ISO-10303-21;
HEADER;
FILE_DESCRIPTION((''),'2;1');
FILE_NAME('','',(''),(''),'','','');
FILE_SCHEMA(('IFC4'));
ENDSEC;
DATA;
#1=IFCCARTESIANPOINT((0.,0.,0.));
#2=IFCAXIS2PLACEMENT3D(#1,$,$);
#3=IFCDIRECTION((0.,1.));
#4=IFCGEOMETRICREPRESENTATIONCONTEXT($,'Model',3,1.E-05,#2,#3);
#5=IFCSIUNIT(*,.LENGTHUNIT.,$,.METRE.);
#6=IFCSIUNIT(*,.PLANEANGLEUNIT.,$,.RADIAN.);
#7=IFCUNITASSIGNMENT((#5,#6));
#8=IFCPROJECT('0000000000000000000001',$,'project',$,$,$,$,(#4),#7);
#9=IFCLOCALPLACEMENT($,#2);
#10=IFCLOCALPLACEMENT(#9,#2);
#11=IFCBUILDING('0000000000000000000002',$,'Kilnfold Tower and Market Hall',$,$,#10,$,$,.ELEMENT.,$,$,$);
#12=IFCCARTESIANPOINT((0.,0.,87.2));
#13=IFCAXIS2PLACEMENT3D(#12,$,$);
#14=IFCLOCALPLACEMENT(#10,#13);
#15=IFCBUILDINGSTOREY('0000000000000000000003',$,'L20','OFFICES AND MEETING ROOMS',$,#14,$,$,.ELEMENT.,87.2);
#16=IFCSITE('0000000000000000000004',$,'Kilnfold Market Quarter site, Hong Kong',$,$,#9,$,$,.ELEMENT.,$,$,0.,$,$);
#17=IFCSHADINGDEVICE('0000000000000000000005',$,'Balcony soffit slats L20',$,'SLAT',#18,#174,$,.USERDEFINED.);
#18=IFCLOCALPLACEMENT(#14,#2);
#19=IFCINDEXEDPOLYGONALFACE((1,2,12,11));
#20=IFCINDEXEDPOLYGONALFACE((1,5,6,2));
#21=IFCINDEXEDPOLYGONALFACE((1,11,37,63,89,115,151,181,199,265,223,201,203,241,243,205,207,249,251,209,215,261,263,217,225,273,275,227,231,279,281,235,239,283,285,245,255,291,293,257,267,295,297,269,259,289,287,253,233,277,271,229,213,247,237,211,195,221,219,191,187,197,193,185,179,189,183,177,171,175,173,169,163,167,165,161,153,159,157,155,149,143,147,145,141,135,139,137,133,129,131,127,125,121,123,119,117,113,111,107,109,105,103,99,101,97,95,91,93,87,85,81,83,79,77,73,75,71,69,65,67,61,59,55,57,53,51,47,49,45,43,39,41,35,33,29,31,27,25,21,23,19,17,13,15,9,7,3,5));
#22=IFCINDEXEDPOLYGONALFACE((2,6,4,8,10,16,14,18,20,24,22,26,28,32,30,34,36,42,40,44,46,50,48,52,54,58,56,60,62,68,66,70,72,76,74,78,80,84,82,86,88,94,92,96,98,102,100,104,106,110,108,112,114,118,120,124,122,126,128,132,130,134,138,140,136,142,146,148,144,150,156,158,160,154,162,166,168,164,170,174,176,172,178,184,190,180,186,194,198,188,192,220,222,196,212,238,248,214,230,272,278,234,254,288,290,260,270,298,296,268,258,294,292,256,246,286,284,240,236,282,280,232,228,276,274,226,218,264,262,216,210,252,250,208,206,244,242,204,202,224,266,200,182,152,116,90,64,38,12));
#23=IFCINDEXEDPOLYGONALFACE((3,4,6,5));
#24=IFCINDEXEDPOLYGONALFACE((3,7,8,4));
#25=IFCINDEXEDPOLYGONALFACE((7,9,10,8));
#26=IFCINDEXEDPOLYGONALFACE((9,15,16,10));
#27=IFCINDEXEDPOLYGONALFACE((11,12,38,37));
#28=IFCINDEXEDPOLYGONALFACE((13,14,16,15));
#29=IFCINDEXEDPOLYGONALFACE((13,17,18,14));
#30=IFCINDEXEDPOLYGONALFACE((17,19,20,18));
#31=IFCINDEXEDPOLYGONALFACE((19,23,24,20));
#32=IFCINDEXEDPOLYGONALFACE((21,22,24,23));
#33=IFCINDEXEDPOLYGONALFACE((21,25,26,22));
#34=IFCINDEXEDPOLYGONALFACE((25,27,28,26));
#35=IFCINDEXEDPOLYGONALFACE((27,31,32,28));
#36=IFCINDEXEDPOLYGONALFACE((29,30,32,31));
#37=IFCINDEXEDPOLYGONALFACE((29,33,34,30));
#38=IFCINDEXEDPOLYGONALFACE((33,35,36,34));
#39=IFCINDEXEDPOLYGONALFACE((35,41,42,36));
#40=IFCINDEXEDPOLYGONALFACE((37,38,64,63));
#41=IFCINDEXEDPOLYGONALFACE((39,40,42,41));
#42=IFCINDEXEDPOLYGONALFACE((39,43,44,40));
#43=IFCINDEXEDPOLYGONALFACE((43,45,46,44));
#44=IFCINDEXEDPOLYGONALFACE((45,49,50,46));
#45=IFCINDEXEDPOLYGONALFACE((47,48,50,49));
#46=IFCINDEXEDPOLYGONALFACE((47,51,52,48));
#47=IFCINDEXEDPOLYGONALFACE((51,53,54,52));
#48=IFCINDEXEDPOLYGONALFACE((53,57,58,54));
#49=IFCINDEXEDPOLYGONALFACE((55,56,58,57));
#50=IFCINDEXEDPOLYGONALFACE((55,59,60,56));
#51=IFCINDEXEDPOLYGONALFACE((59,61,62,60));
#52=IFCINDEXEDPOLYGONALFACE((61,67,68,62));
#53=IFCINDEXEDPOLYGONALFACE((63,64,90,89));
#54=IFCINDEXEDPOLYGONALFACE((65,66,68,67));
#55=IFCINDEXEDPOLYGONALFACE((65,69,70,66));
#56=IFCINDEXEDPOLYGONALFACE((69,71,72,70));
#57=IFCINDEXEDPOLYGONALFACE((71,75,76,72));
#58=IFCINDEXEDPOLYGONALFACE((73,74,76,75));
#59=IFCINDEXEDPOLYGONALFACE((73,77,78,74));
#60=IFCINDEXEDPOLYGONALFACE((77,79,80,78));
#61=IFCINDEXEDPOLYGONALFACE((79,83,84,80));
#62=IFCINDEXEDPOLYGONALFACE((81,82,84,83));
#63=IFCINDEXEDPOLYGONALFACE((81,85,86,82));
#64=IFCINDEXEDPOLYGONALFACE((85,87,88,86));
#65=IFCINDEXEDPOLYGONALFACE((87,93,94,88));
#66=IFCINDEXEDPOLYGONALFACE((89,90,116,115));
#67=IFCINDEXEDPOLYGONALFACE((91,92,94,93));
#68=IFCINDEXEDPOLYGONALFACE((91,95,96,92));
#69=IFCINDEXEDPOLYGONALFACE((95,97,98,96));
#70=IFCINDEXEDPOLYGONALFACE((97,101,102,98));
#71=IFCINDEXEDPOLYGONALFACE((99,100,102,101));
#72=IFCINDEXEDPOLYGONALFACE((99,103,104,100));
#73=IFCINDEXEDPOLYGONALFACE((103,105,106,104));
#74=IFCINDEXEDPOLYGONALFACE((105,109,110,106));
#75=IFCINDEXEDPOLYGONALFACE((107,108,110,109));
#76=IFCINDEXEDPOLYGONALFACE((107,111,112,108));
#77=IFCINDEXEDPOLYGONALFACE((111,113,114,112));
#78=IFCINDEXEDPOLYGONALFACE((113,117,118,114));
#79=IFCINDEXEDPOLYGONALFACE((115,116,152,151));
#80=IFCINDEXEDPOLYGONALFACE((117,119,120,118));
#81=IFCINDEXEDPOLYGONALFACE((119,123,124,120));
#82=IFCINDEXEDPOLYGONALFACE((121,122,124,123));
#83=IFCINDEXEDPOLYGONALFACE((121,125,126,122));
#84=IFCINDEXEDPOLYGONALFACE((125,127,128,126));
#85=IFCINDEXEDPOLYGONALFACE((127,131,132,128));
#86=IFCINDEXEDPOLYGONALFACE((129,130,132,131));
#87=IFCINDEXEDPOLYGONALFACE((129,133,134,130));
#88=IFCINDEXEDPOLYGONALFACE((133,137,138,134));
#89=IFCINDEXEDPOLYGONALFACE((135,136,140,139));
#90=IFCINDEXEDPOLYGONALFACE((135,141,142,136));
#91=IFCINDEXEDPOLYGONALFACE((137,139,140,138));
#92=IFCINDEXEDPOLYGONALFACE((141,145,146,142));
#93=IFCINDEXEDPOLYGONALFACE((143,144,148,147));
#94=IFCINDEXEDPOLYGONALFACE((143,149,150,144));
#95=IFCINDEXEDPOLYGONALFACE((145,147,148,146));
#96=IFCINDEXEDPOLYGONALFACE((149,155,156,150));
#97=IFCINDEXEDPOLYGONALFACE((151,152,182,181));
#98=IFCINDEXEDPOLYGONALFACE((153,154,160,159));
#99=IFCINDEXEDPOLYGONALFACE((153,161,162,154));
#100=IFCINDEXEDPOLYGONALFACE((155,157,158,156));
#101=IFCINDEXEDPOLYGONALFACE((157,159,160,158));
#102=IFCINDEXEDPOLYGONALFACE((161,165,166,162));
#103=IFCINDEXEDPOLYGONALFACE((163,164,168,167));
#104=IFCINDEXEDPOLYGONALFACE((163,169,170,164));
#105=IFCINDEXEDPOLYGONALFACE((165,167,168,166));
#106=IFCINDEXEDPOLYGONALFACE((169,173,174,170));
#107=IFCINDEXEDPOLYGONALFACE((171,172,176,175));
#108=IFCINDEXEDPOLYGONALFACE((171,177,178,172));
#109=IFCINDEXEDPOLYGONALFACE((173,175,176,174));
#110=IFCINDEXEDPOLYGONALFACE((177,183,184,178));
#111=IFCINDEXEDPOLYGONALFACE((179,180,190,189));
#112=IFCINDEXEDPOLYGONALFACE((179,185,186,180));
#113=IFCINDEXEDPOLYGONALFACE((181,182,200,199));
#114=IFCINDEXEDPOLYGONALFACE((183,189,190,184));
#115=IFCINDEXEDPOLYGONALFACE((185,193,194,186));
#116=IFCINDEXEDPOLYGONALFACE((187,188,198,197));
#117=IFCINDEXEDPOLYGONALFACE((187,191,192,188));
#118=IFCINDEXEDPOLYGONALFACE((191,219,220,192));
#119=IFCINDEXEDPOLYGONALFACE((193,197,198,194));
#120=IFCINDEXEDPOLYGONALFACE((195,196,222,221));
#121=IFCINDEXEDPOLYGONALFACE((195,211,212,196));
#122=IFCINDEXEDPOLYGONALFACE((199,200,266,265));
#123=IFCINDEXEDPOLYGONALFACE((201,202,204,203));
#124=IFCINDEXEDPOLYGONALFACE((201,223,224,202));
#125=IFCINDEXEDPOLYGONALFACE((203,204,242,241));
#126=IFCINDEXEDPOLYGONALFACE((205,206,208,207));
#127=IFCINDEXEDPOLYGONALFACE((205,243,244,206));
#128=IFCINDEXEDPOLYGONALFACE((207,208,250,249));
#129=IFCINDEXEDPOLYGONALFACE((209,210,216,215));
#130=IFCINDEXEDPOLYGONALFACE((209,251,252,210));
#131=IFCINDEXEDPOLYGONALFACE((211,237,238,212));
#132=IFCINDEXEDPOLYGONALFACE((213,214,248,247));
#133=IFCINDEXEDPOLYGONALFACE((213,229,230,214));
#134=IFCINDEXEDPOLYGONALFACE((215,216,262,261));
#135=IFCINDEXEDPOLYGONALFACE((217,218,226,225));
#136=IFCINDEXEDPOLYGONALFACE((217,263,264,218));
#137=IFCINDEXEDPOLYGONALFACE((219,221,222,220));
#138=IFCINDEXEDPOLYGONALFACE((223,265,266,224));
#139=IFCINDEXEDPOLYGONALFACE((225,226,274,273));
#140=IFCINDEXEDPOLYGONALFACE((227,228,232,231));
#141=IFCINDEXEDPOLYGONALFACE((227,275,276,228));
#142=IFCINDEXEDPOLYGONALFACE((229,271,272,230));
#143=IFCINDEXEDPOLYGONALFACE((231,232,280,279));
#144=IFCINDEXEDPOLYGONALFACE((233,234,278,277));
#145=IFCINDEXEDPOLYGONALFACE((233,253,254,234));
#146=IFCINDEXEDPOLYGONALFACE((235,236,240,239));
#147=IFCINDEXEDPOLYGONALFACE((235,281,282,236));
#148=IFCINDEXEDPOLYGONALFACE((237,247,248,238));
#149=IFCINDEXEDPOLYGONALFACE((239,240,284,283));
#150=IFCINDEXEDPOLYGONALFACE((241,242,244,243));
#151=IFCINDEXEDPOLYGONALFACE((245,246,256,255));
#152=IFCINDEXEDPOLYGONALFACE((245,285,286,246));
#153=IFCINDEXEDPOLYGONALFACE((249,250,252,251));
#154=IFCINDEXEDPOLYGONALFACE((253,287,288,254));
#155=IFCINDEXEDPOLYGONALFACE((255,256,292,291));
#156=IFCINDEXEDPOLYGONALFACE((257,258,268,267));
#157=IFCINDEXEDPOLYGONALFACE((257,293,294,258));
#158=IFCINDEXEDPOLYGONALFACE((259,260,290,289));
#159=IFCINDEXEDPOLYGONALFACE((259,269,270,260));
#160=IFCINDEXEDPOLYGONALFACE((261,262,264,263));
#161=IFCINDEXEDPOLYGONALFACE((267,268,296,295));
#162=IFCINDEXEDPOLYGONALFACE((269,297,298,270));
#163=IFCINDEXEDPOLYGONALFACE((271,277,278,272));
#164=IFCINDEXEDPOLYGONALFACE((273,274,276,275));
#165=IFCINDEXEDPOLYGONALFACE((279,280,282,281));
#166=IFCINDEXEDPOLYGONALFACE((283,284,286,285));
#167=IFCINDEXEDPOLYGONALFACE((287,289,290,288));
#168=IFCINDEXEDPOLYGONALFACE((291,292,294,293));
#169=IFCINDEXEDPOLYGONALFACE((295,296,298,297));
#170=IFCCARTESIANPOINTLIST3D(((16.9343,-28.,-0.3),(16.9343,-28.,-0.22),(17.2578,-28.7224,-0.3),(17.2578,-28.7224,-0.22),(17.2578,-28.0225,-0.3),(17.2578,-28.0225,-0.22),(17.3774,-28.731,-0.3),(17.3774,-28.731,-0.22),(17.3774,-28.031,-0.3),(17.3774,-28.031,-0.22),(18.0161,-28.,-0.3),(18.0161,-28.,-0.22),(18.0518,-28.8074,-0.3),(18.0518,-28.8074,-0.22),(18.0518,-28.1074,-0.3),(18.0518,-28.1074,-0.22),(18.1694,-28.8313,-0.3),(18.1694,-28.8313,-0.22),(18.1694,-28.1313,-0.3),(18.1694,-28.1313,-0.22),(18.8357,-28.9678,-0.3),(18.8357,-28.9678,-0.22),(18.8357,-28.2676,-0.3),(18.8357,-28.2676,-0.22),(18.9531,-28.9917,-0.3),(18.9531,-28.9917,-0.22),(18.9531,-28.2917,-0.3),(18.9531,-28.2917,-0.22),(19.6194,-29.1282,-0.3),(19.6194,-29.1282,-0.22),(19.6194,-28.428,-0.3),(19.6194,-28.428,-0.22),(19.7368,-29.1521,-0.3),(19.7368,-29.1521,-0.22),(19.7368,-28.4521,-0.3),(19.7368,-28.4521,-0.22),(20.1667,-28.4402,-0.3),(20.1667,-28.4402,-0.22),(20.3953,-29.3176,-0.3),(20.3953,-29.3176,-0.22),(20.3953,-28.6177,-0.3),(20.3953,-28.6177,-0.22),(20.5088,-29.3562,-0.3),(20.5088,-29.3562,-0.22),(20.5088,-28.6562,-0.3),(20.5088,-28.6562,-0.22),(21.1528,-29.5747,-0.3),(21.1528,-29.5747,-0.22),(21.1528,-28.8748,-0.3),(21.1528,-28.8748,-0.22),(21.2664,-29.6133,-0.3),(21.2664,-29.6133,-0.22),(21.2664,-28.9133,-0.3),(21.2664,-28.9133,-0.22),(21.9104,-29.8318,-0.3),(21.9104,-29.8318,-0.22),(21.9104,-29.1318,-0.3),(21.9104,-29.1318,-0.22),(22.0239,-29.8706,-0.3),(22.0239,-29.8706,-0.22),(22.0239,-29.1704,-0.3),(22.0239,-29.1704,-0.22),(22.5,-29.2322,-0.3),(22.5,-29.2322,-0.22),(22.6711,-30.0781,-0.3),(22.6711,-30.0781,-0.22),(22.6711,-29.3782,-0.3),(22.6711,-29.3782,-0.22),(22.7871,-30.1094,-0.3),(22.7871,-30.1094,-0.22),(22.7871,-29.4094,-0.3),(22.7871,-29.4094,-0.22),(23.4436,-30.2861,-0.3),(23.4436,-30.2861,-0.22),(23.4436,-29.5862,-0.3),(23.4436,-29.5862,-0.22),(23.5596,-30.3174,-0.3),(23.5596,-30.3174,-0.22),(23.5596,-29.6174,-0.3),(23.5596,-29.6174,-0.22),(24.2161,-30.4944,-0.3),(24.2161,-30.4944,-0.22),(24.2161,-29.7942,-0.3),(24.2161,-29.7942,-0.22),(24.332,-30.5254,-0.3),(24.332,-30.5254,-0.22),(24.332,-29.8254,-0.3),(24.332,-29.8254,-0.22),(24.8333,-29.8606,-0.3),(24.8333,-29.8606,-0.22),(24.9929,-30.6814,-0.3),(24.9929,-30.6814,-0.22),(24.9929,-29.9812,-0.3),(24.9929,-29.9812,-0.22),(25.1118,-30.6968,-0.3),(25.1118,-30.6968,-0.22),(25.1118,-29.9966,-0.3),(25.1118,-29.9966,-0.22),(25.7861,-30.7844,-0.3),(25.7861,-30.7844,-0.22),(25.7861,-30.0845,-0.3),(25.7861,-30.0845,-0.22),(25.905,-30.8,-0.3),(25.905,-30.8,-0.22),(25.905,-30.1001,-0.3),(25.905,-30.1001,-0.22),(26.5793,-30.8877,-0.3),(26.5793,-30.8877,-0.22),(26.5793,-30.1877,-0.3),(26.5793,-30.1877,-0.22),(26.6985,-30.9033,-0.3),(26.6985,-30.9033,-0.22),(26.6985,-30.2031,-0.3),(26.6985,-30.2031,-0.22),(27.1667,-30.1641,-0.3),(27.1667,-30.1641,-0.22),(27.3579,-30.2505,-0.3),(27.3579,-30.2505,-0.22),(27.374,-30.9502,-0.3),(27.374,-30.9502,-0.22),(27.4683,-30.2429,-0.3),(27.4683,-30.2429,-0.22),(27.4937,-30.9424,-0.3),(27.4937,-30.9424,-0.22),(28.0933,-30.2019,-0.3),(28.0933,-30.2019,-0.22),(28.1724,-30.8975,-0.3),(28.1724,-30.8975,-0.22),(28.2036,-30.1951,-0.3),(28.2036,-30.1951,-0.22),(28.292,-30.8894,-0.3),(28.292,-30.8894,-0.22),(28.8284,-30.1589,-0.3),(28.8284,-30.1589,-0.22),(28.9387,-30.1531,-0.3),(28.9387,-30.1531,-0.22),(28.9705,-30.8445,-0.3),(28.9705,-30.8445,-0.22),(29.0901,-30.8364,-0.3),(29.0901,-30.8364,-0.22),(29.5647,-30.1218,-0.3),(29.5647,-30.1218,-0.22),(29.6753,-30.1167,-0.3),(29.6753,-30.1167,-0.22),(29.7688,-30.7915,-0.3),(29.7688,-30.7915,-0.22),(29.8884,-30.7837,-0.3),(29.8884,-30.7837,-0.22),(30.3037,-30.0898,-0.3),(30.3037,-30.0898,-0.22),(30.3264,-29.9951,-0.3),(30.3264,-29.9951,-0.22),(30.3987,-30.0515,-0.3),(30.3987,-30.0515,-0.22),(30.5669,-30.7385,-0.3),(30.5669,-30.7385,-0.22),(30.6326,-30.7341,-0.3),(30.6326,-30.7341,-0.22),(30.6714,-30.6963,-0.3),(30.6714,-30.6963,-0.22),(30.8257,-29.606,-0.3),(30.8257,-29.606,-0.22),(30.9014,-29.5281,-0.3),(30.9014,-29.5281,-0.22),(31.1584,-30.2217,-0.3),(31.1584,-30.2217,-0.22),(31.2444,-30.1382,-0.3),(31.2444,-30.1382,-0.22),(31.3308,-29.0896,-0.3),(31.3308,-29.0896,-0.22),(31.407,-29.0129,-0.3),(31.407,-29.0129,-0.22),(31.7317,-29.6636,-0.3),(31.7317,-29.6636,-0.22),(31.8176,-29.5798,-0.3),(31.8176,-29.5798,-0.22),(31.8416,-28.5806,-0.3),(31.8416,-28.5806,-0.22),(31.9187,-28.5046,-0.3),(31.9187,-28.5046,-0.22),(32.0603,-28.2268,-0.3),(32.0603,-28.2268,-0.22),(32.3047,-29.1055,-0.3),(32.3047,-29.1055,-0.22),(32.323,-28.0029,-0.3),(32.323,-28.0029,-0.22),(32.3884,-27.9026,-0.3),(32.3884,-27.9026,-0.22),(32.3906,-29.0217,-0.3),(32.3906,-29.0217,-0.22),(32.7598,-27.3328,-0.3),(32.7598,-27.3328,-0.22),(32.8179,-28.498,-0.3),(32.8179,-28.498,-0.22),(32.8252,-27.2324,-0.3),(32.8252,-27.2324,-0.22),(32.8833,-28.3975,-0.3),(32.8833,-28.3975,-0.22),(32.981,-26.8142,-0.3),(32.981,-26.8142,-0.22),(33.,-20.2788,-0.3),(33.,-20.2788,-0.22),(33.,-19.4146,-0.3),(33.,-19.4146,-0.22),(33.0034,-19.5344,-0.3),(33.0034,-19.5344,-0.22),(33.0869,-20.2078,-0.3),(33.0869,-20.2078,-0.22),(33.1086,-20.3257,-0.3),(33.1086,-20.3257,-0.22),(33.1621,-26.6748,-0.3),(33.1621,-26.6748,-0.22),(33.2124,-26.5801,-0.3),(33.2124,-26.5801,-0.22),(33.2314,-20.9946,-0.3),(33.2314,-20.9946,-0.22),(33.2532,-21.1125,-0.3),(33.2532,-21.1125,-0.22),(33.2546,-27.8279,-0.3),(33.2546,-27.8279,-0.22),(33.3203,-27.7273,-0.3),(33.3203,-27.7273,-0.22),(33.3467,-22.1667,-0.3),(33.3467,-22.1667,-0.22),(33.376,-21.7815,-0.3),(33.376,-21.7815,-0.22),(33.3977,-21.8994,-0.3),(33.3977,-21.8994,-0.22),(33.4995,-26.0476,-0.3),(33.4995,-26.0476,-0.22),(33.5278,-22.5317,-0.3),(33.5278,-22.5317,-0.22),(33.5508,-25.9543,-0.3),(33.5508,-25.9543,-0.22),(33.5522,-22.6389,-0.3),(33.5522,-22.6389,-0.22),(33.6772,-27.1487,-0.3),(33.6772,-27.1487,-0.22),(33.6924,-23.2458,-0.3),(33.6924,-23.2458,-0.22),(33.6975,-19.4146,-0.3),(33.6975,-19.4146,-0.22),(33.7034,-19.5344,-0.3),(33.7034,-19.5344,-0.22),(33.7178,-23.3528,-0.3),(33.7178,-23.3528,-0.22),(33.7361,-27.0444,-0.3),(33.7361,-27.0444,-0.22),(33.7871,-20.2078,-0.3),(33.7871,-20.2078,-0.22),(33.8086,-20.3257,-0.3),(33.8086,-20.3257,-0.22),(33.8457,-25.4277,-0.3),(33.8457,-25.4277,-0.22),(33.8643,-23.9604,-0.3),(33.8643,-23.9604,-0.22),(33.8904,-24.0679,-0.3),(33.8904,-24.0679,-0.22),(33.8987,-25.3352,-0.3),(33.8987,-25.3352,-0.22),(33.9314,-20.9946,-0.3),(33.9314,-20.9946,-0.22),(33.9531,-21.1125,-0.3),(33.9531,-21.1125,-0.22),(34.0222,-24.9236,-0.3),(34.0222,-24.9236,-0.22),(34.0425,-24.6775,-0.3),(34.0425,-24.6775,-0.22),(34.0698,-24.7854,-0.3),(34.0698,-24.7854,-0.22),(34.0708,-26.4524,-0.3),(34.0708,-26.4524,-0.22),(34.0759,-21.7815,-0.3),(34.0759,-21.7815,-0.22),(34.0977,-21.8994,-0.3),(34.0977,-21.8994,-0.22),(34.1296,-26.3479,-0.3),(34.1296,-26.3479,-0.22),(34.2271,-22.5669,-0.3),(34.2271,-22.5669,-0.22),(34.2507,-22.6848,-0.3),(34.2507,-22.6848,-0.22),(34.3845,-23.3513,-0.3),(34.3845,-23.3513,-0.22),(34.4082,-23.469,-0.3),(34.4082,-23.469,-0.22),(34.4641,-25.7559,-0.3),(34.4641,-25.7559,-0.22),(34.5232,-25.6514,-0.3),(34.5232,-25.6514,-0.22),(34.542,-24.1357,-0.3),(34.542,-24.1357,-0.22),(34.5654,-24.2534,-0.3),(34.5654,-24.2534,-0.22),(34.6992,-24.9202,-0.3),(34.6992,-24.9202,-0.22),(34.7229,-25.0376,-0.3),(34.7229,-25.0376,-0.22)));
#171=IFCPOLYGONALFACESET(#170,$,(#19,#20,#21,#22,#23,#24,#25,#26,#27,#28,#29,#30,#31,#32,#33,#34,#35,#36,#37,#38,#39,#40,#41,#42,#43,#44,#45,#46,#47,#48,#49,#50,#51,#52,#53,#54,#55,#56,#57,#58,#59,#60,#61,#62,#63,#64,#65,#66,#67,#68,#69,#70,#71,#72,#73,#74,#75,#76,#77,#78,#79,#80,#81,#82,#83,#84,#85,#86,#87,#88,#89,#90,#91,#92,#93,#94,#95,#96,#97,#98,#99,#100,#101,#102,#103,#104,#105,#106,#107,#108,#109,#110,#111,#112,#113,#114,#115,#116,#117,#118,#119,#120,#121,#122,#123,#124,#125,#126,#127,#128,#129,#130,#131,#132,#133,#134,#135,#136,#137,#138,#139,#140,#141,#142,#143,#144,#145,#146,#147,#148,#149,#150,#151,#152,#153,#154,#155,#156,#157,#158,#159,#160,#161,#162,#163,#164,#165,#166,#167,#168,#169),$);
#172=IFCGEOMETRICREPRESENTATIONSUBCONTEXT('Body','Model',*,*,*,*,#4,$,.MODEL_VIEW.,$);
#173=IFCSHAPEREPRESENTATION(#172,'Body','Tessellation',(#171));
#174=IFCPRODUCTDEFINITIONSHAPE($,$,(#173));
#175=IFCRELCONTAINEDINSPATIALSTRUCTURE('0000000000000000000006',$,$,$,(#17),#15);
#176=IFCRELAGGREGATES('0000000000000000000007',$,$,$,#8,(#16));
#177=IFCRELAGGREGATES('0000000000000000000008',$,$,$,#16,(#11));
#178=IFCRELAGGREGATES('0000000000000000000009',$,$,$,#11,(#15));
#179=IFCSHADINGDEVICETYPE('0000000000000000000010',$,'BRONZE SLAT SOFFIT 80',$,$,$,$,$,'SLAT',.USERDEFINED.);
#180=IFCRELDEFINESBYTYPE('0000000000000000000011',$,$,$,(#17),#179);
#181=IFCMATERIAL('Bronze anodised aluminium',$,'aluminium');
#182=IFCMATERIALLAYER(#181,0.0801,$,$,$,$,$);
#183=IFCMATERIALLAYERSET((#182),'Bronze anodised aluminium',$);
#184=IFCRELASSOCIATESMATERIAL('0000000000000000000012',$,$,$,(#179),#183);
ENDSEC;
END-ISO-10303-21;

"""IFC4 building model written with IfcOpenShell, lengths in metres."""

from ifc_helpers import new_model, si_unit, direction, frame, origin, place, context, subcontext, project, spatial, polyline, outline, extrude, source, transform, mapped, material, layer, layer_set, type_object, element, save


model = new_model("IFC4")

# Units and contexts
model_context = context("Model", 3, precision=1e-05, world=origin(), true_north=direction((0.0, 1.0)))
body_context = subcontext(model_context, "Body", "Model", "MODEL_VIEW")
ifc_project = project(units=[si_unit("LENGTHUNIT", "METRE"), si_unit("PLANEANGLEUNIT", "RADIAN")], contexts=[model_context])

# Site, building, storey
site_placement = place(None, origin())
site = spatial("IfcSite", under=ifc_project, at=site_placement, Name="Kilnfold Market Quarter site, Hong Kong", CompositionType="ELEMENT", RefElevation=0.0)
building_placement = place(site_placement, origin())
building = spatial("IfcBuilding", under=site, at=building_placement, Name="Kilnfold Tower and Market Hall", CompositionType="ELEMENT")
storey_placement = place(building_placement, frame((0.0, 0.0, 87.2)))
storey = spatial("IfcBuildingStorey", under=building, at=storey_placement, Name="L20", Description="OFFICES AND MEETING ROOMS", CompositionType="ELEMENT", Elevation=87.2)

# Shading device
ifc_material_1 = material(Name="Bronze anodised aluminium", Category="aluminium")
ifc_layer_1 = layer(ifc_material_1, 0.0801)
ifc_layer_set_1 = layer_set([ifc_layer_1], Name="Bronze anodised aluminium")
shading_device_type_1 = type_object("IfcShadingDeviceType", Name="BRONZE SLAT SOFFIT 80", ElementType="SLAT", PredefinedType="USERDEFINED", material=ifc_layer_set_1)
shared_shape_1 = source(origin(), body_context, "Body", "SweptSolid", [
    extrude(outline(polyline([(20.1667, -28.4402), (22.5, -29.2322), (24.8333, -29.8606), (27.1667, -30.1641), (30.3264, -29.9951), (32.0603, -28.2268), (32.981, -26.8142), (34.0222, -24.9236), (33.3467, -22.1667), (33.0, -20.2788), (33.0, -19.4146), (33.6975, -19.4146), (33.7034, -19.5344), (33.0034, -19.5344), (33.0869, -20.2078), (33.7871, -20.2078), (33.8086, -20.3257), (33.1086, -20.3257), (33.2314, -20.9946), (33.9314, -20.9946), (33.9531, -21.1125), (33.2532, -21.1125), (33.376, -21.7815), (34.0759, -21.7815), (34.0977, -21.8994), (33.3977, -21.8994), (33.5278, -22.5317), (34.2271, -22.5669), (34.2507, -22.6848), (33.5522, -22.6389), (33.6924, -23.2458), (34.3845, -23.3513), (34.4082, -23.469), (33.7178, -23.3528), (33.8643, -23.9604), (34.542, -24.1357), (34.5654, -24.2534), (33.8904, -24.0679), (34.0425, -24.6775), (34.6992, -24.9202), (34.7229, -25.0376), (34.0698, -24.7854), (33.8987, -25.3352), (34.5232, -25.6514), (34.4641, -25.7559), (33.8457, -25.4277), (33.5508, -25.9543), (34.1296, -26.3479), (34.0708, -26.4524), (33.4995, -26.0476), (33.2124, -26.5801), (33.7361, -27.0444), (33.6772, -27.1487), (33.1621, -26.6748), (32.8252, -27.2324), (33.3203, -27.7273), (33.2546, -27.8279), (32.7598, -27.3328), (32.3884, -27.9026), (32.8833, -28.3975), (32.8179, -28.498), (32.323, -28.0029), (31.9187, -28.5046), (32.3906, -29.0217), (32.3047, -29.1055), (31.8416, -28.5806), (31.407, -29.0129), (31.8176, -29.5798), (31.7317, -29.6636), (31.3308, -29.0896), (30.9014, -29.5281), (31.2444, -30.1382), (31.1584, -30.2217), (30.8257, -29.606), (30.3987, -30.0515), (30.6714, -30.6963), (30.6326, -30.7341), (30.5669, -30.7385), (30.3037, -30.0898), (29.6753, -30.1167), (29.8884, -30.7837), (29.7688, -30.7915), (29.5647, -30.1218), (28.9387, -30.1531), (29.0901, -30.8364), (28.9705, -30.8445), (28.8284, -30.1589), (28.2036, -30.1951), (28.292, -30.8894), (28.1724, -30.8975), (28.0933, -30.2019), (27.4683, -30.2429), (27.4937, -30.9424), (27.374, -30.9502), (27.3579, -30.2505), (26.6985, -30.2031), (26.6985, -30.9033), (26.5793, -30.8877), (26.5793, -30.1877), (25.905, -30.1001), (25.905, -30.8), (25.7861, -30.7844), (25.7861, -30.0845), (25.1118, -29.9966), (25.1118, -30.6968), (24.9929, -30.6814), (24.9929, -29.9812), (24.332, -29.8254), (24.332, -30.5254), (24.2161, -30.4944), (24.2161, -29.7942), (23.5596, -29.6174), (23.5596, -30.3174), (23.4436, -30.2861), (23.4436, -29.5862), (22.7871, -29.4094), (22.7871, -30.1094), (22.6711, -30.0781), (22.6711, -29.3782), (22.0239, -29.1704), (22.0239, -29.8706), (21.9104, -29.8318), (21.9104, -29.1318), (21.2664, -28.9133), (21.2664, -29.6133), (21.1528, -29.5747), (21.1528, -28.8748), (20.5088, -28.6562), (20.5088, -29.3562), (20.3953, -29.3176), (20.3953, -28.6177), (19.7368, -28.4521), (19.7368, -29.1521), (19.6194, -29.1282), (19.6194, -28.428), (18.9531, -28.2917), (18.9531, -28.9917), (18.8357, -28.9678), (18.8357, -28.2676), (18.1694, -28.1313), (18.1694, -28.8313), (18.0518, -28.8074), (18.0518, -28.1074), (17.3774, -28.031), (17.3774, -28.731), (17.2578, -28.7224), (17.2578, -28.0225), (16.9343, -28.0), (18.0161, -28.0), (20.1667, -28.4402)])), origin(), (0.0, 0.0, 1.0), 0.0801),
])
shading_device_1_placement = place(storey_placement, frame((0.0, 0.0, -0.3)))
element("IfcShadingDevice", 1, at=shading_device_1_placement, inside=storey, type_object=shading_device_type_1, Name="Balcony soffit slats L20", ObjectType="SLAT", PredefinedType="USERDEFINED", context=body_context, shape_type="MappedRepresentation", body=[
    mapped(shared_shape_1, transform((0.0, 0.0, 0.0))),
])

save(model, "model.ifc")
